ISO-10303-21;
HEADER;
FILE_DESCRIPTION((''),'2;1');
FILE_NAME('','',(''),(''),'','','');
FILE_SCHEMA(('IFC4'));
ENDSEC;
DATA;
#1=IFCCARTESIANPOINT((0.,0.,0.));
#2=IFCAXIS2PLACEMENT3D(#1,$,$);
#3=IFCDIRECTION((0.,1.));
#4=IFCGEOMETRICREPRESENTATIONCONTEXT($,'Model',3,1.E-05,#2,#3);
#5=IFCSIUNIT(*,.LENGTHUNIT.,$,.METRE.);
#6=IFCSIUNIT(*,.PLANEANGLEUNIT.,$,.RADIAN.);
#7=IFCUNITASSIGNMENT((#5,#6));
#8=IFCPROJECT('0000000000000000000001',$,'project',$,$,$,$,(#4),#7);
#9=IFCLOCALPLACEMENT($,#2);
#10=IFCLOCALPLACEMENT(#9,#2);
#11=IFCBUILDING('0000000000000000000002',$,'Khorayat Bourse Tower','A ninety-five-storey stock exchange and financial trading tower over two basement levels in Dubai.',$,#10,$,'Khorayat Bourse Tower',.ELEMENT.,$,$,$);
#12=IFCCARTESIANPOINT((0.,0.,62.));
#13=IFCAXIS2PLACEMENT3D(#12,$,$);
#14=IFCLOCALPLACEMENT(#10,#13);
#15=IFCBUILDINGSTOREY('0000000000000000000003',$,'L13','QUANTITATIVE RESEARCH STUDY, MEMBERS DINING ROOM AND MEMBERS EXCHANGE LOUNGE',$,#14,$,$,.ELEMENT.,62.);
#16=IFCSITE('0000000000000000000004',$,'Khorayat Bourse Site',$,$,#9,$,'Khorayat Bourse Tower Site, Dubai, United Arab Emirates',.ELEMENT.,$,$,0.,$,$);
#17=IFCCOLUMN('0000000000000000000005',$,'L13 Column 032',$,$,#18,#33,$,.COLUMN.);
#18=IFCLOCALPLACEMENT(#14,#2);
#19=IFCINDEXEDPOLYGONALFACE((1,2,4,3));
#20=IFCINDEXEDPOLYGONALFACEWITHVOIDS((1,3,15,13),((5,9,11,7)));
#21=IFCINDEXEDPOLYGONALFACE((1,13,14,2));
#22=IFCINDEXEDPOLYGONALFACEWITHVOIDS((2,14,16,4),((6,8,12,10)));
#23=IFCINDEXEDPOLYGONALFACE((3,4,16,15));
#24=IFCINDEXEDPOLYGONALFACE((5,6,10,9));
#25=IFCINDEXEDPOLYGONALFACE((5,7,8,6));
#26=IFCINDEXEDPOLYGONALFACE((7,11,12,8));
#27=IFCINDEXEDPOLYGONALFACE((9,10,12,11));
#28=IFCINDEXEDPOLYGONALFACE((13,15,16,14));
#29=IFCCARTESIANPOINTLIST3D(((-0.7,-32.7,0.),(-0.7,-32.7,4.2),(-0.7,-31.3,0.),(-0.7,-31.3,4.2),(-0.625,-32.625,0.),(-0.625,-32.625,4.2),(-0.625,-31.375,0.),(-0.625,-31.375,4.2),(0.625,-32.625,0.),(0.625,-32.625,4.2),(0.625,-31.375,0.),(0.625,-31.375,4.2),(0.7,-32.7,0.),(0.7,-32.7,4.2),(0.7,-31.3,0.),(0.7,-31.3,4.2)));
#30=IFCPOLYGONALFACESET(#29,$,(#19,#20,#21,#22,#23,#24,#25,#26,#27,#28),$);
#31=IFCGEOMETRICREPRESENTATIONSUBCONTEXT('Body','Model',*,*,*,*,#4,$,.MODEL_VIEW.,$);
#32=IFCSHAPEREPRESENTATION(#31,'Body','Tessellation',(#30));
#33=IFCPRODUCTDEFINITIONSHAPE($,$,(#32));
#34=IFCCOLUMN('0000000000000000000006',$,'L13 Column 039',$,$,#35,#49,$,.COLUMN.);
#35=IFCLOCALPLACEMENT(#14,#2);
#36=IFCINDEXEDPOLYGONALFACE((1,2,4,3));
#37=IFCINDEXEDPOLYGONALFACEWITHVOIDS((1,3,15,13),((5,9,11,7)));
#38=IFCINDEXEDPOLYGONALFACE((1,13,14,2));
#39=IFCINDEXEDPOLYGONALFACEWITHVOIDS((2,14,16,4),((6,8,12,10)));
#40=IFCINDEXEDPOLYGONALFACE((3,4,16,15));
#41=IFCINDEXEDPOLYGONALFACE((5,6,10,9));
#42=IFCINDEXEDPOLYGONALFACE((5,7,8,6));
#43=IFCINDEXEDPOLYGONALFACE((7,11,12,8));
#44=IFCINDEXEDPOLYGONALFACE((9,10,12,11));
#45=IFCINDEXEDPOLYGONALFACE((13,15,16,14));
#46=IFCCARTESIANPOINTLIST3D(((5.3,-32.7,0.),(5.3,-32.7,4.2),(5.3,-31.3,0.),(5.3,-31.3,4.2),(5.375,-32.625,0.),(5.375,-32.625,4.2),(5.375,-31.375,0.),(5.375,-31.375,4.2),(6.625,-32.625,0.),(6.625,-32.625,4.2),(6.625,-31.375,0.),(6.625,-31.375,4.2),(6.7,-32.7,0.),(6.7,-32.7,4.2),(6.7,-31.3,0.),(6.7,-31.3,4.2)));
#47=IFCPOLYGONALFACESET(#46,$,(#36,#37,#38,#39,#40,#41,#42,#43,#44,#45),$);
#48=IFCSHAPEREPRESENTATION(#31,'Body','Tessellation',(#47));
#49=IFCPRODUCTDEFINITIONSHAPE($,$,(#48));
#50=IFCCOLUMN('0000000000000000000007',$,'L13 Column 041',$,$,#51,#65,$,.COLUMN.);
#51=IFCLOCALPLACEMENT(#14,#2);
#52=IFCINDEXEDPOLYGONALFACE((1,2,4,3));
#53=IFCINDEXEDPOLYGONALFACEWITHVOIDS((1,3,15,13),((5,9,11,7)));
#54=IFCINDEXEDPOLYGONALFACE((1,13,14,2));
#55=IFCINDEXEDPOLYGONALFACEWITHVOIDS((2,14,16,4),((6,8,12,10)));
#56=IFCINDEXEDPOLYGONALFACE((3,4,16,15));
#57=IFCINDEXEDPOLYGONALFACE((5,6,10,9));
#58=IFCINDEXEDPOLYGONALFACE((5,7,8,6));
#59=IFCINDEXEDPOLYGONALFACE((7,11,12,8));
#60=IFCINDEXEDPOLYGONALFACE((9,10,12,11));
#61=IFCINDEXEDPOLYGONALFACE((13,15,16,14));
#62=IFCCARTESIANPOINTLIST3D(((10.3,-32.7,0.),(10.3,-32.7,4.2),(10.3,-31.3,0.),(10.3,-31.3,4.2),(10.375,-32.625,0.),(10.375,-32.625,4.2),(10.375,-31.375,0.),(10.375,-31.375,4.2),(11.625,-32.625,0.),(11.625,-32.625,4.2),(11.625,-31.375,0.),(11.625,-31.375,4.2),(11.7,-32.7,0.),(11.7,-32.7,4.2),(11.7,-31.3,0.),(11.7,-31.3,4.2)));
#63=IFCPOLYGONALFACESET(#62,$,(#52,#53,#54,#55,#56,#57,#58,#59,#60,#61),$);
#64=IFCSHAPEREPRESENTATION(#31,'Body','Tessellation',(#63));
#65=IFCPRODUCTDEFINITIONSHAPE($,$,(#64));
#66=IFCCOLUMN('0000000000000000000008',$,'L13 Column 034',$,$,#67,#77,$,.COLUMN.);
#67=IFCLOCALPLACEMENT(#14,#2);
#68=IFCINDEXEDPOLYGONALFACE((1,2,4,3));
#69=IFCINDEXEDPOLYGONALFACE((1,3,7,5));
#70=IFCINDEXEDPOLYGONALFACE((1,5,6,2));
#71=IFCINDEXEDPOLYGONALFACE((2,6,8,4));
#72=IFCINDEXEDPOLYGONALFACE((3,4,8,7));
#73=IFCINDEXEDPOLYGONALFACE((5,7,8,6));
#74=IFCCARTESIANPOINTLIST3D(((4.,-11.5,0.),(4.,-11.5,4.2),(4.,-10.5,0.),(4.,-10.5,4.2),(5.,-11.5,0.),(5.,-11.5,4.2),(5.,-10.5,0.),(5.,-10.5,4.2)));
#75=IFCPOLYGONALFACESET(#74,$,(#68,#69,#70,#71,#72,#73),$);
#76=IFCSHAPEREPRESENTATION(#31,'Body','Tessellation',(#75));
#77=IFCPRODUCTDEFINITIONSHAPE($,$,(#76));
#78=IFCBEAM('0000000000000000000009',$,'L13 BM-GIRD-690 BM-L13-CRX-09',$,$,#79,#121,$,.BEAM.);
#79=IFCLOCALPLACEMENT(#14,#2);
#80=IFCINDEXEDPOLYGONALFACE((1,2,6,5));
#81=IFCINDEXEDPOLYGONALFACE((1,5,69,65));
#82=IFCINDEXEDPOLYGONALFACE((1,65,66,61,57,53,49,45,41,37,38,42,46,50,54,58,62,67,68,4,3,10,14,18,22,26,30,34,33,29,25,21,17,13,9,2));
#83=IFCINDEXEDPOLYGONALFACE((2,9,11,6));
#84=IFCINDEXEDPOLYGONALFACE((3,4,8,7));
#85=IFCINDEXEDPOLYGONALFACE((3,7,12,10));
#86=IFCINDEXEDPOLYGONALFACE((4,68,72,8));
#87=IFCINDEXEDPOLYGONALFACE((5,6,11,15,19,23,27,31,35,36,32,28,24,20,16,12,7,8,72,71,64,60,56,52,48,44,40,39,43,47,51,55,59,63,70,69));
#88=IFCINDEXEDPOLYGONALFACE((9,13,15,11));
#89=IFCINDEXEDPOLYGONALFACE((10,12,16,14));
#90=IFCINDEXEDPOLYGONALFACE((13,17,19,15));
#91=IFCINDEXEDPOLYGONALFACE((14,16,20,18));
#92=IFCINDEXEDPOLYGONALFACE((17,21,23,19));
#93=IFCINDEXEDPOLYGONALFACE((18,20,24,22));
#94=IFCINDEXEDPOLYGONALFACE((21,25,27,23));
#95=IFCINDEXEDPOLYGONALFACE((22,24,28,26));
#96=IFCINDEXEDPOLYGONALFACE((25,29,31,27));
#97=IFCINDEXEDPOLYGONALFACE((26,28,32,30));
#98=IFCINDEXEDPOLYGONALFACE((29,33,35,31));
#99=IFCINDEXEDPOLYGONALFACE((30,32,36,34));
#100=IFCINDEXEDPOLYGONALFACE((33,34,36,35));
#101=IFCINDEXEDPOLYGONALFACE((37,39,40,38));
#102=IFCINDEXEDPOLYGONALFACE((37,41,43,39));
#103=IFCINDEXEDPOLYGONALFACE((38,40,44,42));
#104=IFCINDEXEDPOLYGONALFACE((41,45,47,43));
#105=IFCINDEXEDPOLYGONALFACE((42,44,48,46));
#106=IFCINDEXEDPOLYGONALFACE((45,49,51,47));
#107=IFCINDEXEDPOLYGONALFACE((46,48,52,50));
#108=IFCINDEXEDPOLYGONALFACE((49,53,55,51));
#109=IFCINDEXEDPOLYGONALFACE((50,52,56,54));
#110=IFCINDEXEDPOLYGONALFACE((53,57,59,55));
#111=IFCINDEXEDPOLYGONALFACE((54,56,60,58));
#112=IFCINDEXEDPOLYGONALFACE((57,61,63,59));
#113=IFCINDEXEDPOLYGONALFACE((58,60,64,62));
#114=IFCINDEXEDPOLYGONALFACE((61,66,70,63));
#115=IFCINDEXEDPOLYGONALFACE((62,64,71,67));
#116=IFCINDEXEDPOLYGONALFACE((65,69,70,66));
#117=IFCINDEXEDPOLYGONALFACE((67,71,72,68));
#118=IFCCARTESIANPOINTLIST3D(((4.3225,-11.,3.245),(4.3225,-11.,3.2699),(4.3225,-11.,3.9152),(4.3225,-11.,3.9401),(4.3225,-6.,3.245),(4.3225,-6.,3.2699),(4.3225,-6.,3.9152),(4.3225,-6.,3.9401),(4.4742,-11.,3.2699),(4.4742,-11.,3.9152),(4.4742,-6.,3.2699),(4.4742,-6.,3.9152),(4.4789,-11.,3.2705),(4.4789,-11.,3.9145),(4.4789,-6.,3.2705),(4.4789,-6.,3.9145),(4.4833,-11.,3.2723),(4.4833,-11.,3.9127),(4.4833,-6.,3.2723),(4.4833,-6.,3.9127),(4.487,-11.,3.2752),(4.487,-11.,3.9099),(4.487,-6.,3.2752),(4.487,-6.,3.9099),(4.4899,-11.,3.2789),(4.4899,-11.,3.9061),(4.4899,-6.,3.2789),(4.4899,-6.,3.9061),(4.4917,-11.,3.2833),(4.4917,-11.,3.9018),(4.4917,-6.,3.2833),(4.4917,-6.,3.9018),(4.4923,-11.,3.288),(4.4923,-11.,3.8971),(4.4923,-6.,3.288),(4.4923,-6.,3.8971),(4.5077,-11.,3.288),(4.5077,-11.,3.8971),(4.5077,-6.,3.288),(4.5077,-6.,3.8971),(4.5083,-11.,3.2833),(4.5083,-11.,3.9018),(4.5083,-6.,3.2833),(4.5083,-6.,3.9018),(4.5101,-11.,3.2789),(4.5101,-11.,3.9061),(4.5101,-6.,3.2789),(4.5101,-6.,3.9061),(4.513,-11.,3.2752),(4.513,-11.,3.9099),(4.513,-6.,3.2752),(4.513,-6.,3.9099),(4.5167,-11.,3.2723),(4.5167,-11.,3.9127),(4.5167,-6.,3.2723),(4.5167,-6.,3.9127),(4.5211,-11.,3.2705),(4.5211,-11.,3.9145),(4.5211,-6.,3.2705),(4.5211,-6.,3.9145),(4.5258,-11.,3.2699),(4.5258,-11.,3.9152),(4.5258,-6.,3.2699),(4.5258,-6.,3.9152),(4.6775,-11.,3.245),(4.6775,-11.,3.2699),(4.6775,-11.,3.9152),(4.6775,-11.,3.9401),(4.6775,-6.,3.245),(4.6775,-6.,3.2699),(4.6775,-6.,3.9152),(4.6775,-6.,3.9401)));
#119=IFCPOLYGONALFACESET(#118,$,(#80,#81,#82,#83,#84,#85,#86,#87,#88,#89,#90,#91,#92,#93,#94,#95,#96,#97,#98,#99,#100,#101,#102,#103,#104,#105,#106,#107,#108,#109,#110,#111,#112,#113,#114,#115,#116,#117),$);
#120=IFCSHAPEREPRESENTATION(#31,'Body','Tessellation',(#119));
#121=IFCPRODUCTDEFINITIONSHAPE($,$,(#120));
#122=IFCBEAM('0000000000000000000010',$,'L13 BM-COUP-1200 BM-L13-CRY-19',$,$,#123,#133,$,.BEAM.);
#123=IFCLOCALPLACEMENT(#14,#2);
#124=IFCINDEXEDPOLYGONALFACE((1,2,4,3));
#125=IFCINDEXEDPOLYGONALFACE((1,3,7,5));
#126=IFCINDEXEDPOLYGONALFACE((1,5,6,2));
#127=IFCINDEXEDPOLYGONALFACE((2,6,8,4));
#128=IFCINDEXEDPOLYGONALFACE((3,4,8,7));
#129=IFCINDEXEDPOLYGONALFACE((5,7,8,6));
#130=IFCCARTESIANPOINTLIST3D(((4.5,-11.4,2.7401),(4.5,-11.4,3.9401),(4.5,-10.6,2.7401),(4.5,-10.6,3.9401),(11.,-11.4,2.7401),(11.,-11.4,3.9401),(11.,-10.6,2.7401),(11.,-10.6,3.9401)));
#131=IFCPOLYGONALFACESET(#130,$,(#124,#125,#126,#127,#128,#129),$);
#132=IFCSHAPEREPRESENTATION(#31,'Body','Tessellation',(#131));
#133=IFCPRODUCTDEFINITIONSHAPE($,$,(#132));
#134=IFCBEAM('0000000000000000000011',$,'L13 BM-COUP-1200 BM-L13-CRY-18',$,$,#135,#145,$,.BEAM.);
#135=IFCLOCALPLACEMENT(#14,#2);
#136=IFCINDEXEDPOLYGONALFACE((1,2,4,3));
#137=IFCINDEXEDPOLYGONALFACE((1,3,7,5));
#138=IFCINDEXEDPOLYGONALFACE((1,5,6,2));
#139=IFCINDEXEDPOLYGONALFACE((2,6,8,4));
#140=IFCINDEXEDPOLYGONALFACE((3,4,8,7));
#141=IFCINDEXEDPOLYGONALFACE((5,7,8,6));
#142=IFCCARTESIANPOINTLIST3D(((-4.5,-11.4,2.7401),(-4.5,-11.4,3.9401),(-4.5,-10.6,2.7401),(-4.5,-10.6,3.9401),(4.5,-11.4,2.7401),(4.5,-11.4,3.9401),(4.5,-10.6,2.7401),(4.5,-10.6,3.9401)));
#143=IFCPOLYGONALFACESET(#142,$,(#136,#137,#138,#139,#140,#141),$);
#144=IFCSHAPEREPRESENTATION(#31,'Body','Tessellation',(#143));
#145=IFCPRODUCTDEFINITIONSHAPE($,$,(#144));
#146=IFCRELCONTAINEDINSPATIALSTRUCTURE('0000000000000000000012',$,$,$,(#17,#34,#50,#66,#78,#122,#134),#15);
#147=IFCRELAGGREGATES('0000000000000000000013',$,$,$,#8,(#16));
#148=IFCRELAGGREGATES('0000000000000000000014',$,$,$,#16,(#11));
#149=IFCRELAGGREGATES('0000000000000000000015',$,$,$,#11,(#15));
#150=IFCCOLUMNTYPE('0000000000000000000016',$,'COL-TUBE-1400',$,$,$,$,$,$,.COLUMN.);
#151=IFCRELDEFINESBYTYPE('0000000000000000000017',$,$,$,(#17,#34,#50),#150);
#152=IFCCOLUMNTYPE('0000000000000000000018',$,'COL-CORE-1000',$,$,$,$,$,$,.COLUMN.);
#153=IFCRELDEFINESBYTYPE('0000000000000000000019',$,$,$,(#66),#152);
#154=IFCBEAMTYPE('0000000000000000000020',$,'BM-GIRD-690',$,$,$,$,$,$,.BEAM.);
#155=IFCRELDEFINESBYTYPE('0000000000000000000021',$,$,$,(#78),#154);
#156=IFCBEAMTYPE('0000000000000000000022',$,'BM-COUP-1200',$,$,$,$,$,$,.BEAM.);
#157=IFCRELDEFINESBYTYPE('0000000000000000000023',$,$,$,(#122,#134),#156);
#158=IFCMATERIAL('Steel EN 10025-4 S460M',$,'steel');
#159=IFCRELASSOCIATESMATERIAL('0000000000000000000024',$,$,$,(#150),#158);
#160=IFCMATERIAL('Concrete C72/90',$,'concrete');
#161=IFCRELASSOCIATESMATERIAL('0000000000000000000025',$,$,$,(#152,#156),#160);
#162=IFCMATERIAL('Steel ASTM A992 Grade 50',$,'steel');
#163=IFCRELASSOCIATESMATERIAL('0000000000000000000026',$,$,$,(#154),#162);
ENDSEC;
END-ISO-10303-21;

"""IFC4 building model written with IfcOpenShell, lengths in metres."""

from ifc_helpers import new_model, si_unit, direction, frame, origin, origin_2d, place, context, subcontext, project, spatial, rectangle, hollow_rectangle, i_section, extrude, source, transform, mapped, material, material_profile, profile_set, type_object, element, save


model = new_model("IFC4")

# Units and contexts
model_context = context("Model", 3, precision=1e-05, world=origin(), true_north=direction((0.0, 1.0)))
body_context = subcontext(model_context, "Body", "Model", "MODEL_VIEW")
ifc_project = project(units=[si_unit("LENGTHUNIT", "METRE"), si_unit("PLANEANGLEUNIT", "RADIAN")], contexts=[model_context])

# Site, building, storey
site_placement = place(None, origin())
site = spatial("IfcSite", under=ifc_project, at=site_placement, Name="Khorayat Bourse Site", LongName="Khorayat Bourse Tower Site, Dubai, United Arab Emirates", CompositionType="ELEMENT", RefElevation=0.0)
building_placement = place(site_placement, origin())
building = spatial("IfcBuilding", under=site, at=building_placement, Name="Khorayat Bourse Tower", Description="A ninety-five-storey stock exchange and financial trading tower over two basement levels in Dubai.", LongName="Khorayat Bourse Tower", CompositionType="ELEMENT")
storey_placement = place(building_placement, frame((0.0, 0.0, 62.0)))
storey = spatial("IfcBuildingStorey", under=building, at=storey_placement, Name="L13", Description="QUANTITATIVE RESEARCH STUDY, MEMBERS DINING ROOM AND MEMBERS EXCHANGE LOUNGE", CompositionType="ELEMENT", Elevation=62.0)

# Columns
ifc_material_1 = material(Name="Steel EN 10025-4 S460M", Category="steel")
ifc_material_profile_1 = material_profile(ifc_material_1, hollow_rectangle(XDim=1.3999, YDim=1.3999, WallThickness=0.075, at=origin_2d()), Name="BOX 1400x1400x75")
ifc_profile_set_1 = profile_set([ifc_material_profile_1], Name="Steel EN 10025-4 S460M")
column_type_1 = type_object("IfcColumnType", Name="COL-TUBE-1400", PredefinedType="COLUMN", material=ifc_profile_set_1)
shared_shape_1 = source(origin(), body_context, "Body", "SweptSolid", [
    extrude(hollow_rectangle(XDim=1.3999, YDim=1.3999, WallThickness=0.075, at=origin_2d()), origin(), (0.0, 0.0, 1.0), 4.2),
])
for number, where, z_axis, x_axis, name in (
    (1, (0.0, -32.0, 0.0), (0.0, 0.0, 1.0), (1.0, 0.0, 0.0), "L13 Column 032"),
    (2, (6.0, -32.0, 0.0), (0.0, 0.0, 1.0), (1.0, 0.0, 0.0), "L13 Column 039"),
    (3, (11.0, -32.0, 0.0), (0.0, 0.0, 1.0), (1.0, 0.0, 0.0), "L13 Column 041"),
):
    element("IfcColumn", number, at=place(storey_placement, frame(where, z_axis=z_axis, x_axis=x_axis)), inside=storey, type_object=column_type_1, Name=name, PredefinedType="COLUMN", context=body_context, shape_type="MappedRepresentation", body=[
        mapped(shared_shape_1, transform((0.0, 0.0, 0.0), scale=1.0)),
    ])
ifc_material_2 = material(Name="Concrete C72/90", Category="concrete")
ifc_material_profile_2 = material_profile(ifc_material_2, rectangle(XDim=1.0, YDim=1.0, at=origin_2d()), Name="RC 1000x1000")
ifc_profile_set_2 = profile_set([ifc_material_profile_2], Name="Concrete C72/90")
column_type_2 = type_object("IfcColumnType", Name="COL-CORE-1000", PredefinedType="COLUMN", material=ifc_profile_set_2)
shared_shape_2 = source(origin(), body_context, "Body", "SweptSolid", [
    extrude(rectangle(XDim=1.0, YDim=1.0, at=origin_2d()), origin(), (0.0, 0.0, 1.0), 4.2),
])
column_placement = place(storey_placement, frame((4.5, -11.0, 0.0), z_axis=(0.0, 0.0, 1.0), x_axis=(1.0, 0.0, 0.0)))
element("IfcColumn", 4, at=column_placement, inside=storey, type_object=column_type_2, Name="L13 Column 034", PredefinedType="COLUMN", context=body_context, shape_type="MappedRepresentation", body=[
    mapped(shared_shape_2, transform((0.0, 0.0, 0.0), scale=1.0)),
])

# Beams
ifc_material_3 = material(Name="Steel ASTM A992 Grade 50", Category="steel")
ifc_material_profile_3 = material_profile(ifc_material_3, i_section(OverallWidth=0.355, OverallDepth=0.6951, WebThickness=0.0154, FlangeThickness=0.0249, FilletRadius=0.0181, at=origin_2d()), Name="W690X217")
ifc_profile_set_3 = profile_set([ifc_material_profile_3], Name="Steel ASTM A992 Grade 50")
beam_type_1 = type_object("IfcBeamType", Name="BM-GIRD-690", PredefinedType="BEAM", material=ifc_profile_set_3)
shared_shape_3 = source(origin(), body_context, "Body", "SweptSolid", [
    extrude(i_section(OverallWidth=0.355, OverallDepth=0.6951, WebThickness=0.0154, FlangeThickness=0.0249, FilletRadius=0.0181, at=origin_2d()), origin(), (0.0, 0.0, 1.0), 5.0),
])
beam_1_placement = place(storey_placement, frame((4.5, -11.0, 3.5925), z_axis=(0.0, 1.0, 0.0), x_axis=(-1.0, 0.0, 0.0)))
element("IfcBeam", 5, at=beam_1_placement, inside=storey, type_object=beam_type_1, Name="L13 BM-GIRD-690 BM-L13-CRX-09", PredefinedType="BEAM", context=body_context, shape_type="MappedRepresentation", body=[
    mapped(shared_shape_3, transform((0.0, 0.0, 0.0), scale=1.0)),
])
ifc_material_profile_4 = material_profile(ifc_material_2, rectangle(XDim=0.8, YDim=1.2, at=origin_2d()), Name="RC 800x1200")
ifc_profile_set_4 = profile_set([ifc_material_profile_4], Name="Concrete C72/90")
beam_type_2 = type_object("IfcBeamType", Name="BM-COUP-1200", PredefinedType="BEAM", material=ifc_profile_set_4)
shared_shape_4 = source(origin(), body_context, "Body", "SweptSolid", [
    extrude(rectangle(XDim=0.8, YDim=1.2, at=origin_2d()), origin(), (0.0, 0.0, 1.0), 6.5),
])
beam_2_placement = place(storey_placement, frame((4.5, -11.0, 3.3401), z_axis=(1.0, 0.0, 0.0), x_axis=(0.0, 1.0, 0.0)))
element("IfcBeam", 6, at=beam_2_placement, inside=storey, type_object=beam_type_2, Name="L13 BM-COUP-1200 BM-L13-CRY-19", PredefinedType="BEAM", context=body_context, shape_type="MappedRepresentation", body=[
    mapped(shared_shape_4, transform((0.0, 0.0, 0.0), scale=1.0)),
])
shared_shape_5 = source(origin(), body_context, "Body", "SweptSolid", [
    extrude(rectangle(XDim=0.8, YDim=1.2, at=origin_2d()), origin(), (0.0, 0.0, 1.0), 9.0),
])
beam_3_placement = place(storey_placement, frame((-4.5, -11.0, 3.3401), z_axis=(1.0, 0.0, 0.0), x_axis=(0.0, 1.0, 0.0)))
element("IfcBeam", 7, at=beam_3_placement, inside=storey, type_object=beam_type_2, Name="L13 BM-COUP-1200 BM-L13-CRY-18", PredefinedType="BEAM", context=body_context, shape_type="MappedRepresentation", body=[
    mapped(shared_shape_5, transform((0.0, 0.0, 0.0), scale=1.0)),
])

save(model, "model.ifc")
